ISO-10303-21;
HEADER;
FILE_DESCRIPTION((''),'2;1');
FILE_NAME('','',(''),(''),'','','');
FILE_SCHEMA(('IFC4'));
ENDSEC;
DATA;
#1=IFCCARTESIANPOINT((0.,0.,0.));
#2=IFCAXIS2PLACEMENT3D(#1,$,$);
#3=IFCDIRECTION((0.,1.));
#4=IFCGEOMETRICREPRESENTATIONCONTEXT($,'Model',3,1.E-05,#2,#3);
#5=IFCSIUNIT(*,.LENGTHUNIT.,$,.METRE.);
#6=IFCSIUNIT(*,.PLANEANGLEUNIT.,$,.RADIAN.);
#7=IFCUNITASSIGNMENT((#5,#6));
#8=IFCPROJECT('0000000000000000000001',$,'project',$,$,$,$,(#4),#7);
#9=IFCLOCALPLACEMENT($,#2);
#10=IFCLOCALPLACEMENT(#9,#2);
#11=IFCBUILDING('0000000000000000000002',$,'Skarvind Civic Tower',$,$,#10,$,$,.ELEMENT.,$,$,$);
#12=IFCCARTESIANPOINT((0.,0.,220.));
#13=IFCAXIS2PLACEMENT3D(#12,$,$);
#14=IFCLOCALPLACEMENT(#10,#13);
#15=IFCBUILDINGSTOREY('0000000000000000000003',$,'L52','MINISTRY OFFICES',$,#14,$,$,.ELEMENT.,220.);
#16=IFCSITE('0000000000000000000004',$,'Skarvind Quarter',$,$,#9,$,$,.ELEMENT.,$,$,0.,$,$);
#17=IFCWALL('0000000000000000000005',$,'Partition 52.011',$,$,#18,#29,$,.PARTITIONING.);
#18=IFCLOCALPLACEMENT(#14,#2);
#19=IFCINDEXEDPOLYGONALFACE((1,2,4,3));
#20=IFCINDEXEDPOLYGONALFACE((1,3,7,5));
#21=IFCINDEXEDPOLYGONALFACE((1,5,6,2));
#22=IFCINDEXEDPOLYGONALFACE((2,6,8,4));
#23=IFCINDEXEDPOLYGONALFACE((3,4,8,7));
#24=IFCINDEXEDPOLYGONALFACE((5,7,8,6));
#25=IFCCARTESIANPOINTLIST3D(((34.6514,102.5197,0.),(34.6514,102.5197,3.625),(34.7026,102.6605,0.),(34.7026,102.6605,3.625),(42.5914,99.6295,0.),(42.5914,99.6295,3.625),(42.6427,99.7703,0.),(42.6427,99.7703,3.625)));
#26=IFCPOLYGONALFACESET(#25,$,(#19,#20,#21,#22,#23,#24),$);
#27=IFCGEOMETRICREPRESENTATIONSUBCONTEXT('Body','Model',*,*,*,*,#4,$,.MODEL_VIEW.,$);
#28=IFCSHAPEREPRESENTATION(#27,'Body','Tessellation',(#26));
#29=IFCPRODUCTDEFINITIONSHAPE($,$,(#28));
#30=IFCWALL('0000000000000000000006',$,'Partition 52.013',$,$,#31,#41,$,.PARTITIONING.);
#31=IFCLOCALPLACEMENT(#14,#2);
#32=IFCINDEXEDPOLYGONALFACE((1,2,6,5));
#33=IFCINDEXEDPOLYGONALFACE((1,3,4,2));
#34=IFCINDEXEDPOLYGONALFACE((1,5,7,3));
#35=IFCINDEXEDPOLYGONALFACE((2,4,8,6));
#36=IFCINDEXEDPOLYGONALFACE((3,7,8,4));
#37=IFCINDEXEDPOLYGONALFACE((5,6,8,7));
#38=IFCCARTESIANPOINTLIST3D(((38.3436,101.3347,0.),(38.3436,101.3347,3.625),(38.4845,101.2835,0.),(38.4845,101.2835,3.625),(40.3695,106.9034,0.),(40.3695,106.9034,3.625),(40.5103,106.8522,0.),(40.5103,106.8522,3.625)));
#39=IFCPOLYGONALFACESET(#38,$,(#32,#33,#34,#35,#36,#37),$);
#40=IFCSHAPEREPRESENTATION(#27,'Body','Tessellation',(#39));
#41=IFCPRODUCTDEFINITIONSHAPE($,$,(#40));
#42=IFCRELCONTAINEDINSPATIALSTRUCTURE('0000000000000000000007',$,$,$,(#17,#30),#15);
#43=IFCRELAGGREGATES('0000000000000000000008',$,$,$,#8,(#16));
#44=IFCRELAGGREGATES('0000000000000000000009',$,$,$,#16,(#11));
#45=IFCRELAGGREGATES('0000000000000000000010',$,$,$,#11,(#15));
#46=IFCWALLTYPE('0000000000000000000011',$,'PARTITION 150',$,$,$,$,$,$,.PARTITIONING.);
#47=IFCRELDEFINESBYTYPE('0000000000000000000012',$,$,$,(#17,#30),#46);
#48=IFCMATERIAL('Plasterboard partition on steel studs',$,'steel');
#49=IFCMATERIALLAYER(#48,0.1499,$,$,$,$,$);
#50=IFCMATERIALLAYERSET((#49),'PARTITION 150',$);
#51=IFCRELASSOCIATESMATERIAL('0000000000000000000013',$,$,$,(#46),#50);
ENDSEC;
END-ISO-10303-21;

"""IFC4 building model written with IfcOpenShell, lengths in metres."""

from ifc_helpers import new_model, si_unit, direction, frame, frame_2d, origin, place, context, subcontext, project, spatial, rectangle, extrude, material, layer, layer_set, type_object, element, save


model = new_model("IFC4")

# Units and contexts
model_context = context("Model", 3, precision=1e-05, world=origin(), true_north=direction((0.0, 1.0)))
body_context = subcontext(model_context, "Body", "Model", "MODEL_VIEW")
ifc_project = project(units=[si_unit("LENGTHUNIT", "METRE"), si_unit("PLANEANGLEUNIT", "RADIAN")], contexts=[model_context])

# Site, building, storey
site_placement = place(None, origin())
site = spatial("IfcSite", under=ifc_project, at=site_placement, Name="Skarvind Quarter", CompositionType="ELEMENT", RefElevation=0.0)
building_placement = place(site_placement, origin())
building = spatial("IfcBuilding", under=site, at=building_placement, Name="Skarvind Civic Tower", CompositionType="ELEMENT")
storey_placement = place(building_placement, frame((0.0, 0.0, 220.0)))
storey = spatial("IfcBuildingStorey", under=building, at=storey_placement, Name="L52", Description="MINISTRY OFFICES", CompositionType="ELEMENT", Elevation=220.0)

# Walls
ifc_material_1 = material(Name="Plasterboard partition on steel studs", Category="steel")
ifc_layer_1 = layer(ifc_material_1, 0.1499)
ifc_layer_set_1 = layer_set([ifc_layer_1], Name="PARTITION 150")
wall_type_1 = type_object("IfcWallType", Name="PARTITION 150", PredefinedType="PARTITIONING", material=ifc_layer_set_1)
wall_1_placement = place(storey_placement, frame((34.677, 102.5901, 0.0), z_axis=(0.0, 0.0, 1.0), x_axis=(0.939684, -0.342045, 0.0)))
element("IfcWall", 1, at=wall_1_placement, inside=storey, type_object=wall_type_1, Name="Partition 52.011", PredefinedType="PARTITIONING", context=body_context, shape_type="SweptSolid", body=[
    extrude(rectangle(XDim=8.4497, YDim=0.1499, at=frame_2d((4.2249, 0.0))), origin(), (0.0, 0.0, 1.0), 3.625),
])
wall_2_placement = place(storey_placement, frame((38.4141, 101.3091, 0.0), z_axis=(0.0, 0.0, 1.0), x_axis=(0.341869, 0.939748, 0.0)))
element("IfcWall", 2, at=wall_2_placement, inside=storey, type_object=wall_type_1, Name="Partition 52.013", PredefinedType="PARTITIONING", context=body_context, shape_type="SweptSolid", body=[
    extrude(rectangle(XDim=5.9258, YDim=0.1499, at=frame_2d((2.9629, 0.0))), origin(), (0.0, 0.0, 1.0), 3.625),
])

save(model, "model.ifc")
